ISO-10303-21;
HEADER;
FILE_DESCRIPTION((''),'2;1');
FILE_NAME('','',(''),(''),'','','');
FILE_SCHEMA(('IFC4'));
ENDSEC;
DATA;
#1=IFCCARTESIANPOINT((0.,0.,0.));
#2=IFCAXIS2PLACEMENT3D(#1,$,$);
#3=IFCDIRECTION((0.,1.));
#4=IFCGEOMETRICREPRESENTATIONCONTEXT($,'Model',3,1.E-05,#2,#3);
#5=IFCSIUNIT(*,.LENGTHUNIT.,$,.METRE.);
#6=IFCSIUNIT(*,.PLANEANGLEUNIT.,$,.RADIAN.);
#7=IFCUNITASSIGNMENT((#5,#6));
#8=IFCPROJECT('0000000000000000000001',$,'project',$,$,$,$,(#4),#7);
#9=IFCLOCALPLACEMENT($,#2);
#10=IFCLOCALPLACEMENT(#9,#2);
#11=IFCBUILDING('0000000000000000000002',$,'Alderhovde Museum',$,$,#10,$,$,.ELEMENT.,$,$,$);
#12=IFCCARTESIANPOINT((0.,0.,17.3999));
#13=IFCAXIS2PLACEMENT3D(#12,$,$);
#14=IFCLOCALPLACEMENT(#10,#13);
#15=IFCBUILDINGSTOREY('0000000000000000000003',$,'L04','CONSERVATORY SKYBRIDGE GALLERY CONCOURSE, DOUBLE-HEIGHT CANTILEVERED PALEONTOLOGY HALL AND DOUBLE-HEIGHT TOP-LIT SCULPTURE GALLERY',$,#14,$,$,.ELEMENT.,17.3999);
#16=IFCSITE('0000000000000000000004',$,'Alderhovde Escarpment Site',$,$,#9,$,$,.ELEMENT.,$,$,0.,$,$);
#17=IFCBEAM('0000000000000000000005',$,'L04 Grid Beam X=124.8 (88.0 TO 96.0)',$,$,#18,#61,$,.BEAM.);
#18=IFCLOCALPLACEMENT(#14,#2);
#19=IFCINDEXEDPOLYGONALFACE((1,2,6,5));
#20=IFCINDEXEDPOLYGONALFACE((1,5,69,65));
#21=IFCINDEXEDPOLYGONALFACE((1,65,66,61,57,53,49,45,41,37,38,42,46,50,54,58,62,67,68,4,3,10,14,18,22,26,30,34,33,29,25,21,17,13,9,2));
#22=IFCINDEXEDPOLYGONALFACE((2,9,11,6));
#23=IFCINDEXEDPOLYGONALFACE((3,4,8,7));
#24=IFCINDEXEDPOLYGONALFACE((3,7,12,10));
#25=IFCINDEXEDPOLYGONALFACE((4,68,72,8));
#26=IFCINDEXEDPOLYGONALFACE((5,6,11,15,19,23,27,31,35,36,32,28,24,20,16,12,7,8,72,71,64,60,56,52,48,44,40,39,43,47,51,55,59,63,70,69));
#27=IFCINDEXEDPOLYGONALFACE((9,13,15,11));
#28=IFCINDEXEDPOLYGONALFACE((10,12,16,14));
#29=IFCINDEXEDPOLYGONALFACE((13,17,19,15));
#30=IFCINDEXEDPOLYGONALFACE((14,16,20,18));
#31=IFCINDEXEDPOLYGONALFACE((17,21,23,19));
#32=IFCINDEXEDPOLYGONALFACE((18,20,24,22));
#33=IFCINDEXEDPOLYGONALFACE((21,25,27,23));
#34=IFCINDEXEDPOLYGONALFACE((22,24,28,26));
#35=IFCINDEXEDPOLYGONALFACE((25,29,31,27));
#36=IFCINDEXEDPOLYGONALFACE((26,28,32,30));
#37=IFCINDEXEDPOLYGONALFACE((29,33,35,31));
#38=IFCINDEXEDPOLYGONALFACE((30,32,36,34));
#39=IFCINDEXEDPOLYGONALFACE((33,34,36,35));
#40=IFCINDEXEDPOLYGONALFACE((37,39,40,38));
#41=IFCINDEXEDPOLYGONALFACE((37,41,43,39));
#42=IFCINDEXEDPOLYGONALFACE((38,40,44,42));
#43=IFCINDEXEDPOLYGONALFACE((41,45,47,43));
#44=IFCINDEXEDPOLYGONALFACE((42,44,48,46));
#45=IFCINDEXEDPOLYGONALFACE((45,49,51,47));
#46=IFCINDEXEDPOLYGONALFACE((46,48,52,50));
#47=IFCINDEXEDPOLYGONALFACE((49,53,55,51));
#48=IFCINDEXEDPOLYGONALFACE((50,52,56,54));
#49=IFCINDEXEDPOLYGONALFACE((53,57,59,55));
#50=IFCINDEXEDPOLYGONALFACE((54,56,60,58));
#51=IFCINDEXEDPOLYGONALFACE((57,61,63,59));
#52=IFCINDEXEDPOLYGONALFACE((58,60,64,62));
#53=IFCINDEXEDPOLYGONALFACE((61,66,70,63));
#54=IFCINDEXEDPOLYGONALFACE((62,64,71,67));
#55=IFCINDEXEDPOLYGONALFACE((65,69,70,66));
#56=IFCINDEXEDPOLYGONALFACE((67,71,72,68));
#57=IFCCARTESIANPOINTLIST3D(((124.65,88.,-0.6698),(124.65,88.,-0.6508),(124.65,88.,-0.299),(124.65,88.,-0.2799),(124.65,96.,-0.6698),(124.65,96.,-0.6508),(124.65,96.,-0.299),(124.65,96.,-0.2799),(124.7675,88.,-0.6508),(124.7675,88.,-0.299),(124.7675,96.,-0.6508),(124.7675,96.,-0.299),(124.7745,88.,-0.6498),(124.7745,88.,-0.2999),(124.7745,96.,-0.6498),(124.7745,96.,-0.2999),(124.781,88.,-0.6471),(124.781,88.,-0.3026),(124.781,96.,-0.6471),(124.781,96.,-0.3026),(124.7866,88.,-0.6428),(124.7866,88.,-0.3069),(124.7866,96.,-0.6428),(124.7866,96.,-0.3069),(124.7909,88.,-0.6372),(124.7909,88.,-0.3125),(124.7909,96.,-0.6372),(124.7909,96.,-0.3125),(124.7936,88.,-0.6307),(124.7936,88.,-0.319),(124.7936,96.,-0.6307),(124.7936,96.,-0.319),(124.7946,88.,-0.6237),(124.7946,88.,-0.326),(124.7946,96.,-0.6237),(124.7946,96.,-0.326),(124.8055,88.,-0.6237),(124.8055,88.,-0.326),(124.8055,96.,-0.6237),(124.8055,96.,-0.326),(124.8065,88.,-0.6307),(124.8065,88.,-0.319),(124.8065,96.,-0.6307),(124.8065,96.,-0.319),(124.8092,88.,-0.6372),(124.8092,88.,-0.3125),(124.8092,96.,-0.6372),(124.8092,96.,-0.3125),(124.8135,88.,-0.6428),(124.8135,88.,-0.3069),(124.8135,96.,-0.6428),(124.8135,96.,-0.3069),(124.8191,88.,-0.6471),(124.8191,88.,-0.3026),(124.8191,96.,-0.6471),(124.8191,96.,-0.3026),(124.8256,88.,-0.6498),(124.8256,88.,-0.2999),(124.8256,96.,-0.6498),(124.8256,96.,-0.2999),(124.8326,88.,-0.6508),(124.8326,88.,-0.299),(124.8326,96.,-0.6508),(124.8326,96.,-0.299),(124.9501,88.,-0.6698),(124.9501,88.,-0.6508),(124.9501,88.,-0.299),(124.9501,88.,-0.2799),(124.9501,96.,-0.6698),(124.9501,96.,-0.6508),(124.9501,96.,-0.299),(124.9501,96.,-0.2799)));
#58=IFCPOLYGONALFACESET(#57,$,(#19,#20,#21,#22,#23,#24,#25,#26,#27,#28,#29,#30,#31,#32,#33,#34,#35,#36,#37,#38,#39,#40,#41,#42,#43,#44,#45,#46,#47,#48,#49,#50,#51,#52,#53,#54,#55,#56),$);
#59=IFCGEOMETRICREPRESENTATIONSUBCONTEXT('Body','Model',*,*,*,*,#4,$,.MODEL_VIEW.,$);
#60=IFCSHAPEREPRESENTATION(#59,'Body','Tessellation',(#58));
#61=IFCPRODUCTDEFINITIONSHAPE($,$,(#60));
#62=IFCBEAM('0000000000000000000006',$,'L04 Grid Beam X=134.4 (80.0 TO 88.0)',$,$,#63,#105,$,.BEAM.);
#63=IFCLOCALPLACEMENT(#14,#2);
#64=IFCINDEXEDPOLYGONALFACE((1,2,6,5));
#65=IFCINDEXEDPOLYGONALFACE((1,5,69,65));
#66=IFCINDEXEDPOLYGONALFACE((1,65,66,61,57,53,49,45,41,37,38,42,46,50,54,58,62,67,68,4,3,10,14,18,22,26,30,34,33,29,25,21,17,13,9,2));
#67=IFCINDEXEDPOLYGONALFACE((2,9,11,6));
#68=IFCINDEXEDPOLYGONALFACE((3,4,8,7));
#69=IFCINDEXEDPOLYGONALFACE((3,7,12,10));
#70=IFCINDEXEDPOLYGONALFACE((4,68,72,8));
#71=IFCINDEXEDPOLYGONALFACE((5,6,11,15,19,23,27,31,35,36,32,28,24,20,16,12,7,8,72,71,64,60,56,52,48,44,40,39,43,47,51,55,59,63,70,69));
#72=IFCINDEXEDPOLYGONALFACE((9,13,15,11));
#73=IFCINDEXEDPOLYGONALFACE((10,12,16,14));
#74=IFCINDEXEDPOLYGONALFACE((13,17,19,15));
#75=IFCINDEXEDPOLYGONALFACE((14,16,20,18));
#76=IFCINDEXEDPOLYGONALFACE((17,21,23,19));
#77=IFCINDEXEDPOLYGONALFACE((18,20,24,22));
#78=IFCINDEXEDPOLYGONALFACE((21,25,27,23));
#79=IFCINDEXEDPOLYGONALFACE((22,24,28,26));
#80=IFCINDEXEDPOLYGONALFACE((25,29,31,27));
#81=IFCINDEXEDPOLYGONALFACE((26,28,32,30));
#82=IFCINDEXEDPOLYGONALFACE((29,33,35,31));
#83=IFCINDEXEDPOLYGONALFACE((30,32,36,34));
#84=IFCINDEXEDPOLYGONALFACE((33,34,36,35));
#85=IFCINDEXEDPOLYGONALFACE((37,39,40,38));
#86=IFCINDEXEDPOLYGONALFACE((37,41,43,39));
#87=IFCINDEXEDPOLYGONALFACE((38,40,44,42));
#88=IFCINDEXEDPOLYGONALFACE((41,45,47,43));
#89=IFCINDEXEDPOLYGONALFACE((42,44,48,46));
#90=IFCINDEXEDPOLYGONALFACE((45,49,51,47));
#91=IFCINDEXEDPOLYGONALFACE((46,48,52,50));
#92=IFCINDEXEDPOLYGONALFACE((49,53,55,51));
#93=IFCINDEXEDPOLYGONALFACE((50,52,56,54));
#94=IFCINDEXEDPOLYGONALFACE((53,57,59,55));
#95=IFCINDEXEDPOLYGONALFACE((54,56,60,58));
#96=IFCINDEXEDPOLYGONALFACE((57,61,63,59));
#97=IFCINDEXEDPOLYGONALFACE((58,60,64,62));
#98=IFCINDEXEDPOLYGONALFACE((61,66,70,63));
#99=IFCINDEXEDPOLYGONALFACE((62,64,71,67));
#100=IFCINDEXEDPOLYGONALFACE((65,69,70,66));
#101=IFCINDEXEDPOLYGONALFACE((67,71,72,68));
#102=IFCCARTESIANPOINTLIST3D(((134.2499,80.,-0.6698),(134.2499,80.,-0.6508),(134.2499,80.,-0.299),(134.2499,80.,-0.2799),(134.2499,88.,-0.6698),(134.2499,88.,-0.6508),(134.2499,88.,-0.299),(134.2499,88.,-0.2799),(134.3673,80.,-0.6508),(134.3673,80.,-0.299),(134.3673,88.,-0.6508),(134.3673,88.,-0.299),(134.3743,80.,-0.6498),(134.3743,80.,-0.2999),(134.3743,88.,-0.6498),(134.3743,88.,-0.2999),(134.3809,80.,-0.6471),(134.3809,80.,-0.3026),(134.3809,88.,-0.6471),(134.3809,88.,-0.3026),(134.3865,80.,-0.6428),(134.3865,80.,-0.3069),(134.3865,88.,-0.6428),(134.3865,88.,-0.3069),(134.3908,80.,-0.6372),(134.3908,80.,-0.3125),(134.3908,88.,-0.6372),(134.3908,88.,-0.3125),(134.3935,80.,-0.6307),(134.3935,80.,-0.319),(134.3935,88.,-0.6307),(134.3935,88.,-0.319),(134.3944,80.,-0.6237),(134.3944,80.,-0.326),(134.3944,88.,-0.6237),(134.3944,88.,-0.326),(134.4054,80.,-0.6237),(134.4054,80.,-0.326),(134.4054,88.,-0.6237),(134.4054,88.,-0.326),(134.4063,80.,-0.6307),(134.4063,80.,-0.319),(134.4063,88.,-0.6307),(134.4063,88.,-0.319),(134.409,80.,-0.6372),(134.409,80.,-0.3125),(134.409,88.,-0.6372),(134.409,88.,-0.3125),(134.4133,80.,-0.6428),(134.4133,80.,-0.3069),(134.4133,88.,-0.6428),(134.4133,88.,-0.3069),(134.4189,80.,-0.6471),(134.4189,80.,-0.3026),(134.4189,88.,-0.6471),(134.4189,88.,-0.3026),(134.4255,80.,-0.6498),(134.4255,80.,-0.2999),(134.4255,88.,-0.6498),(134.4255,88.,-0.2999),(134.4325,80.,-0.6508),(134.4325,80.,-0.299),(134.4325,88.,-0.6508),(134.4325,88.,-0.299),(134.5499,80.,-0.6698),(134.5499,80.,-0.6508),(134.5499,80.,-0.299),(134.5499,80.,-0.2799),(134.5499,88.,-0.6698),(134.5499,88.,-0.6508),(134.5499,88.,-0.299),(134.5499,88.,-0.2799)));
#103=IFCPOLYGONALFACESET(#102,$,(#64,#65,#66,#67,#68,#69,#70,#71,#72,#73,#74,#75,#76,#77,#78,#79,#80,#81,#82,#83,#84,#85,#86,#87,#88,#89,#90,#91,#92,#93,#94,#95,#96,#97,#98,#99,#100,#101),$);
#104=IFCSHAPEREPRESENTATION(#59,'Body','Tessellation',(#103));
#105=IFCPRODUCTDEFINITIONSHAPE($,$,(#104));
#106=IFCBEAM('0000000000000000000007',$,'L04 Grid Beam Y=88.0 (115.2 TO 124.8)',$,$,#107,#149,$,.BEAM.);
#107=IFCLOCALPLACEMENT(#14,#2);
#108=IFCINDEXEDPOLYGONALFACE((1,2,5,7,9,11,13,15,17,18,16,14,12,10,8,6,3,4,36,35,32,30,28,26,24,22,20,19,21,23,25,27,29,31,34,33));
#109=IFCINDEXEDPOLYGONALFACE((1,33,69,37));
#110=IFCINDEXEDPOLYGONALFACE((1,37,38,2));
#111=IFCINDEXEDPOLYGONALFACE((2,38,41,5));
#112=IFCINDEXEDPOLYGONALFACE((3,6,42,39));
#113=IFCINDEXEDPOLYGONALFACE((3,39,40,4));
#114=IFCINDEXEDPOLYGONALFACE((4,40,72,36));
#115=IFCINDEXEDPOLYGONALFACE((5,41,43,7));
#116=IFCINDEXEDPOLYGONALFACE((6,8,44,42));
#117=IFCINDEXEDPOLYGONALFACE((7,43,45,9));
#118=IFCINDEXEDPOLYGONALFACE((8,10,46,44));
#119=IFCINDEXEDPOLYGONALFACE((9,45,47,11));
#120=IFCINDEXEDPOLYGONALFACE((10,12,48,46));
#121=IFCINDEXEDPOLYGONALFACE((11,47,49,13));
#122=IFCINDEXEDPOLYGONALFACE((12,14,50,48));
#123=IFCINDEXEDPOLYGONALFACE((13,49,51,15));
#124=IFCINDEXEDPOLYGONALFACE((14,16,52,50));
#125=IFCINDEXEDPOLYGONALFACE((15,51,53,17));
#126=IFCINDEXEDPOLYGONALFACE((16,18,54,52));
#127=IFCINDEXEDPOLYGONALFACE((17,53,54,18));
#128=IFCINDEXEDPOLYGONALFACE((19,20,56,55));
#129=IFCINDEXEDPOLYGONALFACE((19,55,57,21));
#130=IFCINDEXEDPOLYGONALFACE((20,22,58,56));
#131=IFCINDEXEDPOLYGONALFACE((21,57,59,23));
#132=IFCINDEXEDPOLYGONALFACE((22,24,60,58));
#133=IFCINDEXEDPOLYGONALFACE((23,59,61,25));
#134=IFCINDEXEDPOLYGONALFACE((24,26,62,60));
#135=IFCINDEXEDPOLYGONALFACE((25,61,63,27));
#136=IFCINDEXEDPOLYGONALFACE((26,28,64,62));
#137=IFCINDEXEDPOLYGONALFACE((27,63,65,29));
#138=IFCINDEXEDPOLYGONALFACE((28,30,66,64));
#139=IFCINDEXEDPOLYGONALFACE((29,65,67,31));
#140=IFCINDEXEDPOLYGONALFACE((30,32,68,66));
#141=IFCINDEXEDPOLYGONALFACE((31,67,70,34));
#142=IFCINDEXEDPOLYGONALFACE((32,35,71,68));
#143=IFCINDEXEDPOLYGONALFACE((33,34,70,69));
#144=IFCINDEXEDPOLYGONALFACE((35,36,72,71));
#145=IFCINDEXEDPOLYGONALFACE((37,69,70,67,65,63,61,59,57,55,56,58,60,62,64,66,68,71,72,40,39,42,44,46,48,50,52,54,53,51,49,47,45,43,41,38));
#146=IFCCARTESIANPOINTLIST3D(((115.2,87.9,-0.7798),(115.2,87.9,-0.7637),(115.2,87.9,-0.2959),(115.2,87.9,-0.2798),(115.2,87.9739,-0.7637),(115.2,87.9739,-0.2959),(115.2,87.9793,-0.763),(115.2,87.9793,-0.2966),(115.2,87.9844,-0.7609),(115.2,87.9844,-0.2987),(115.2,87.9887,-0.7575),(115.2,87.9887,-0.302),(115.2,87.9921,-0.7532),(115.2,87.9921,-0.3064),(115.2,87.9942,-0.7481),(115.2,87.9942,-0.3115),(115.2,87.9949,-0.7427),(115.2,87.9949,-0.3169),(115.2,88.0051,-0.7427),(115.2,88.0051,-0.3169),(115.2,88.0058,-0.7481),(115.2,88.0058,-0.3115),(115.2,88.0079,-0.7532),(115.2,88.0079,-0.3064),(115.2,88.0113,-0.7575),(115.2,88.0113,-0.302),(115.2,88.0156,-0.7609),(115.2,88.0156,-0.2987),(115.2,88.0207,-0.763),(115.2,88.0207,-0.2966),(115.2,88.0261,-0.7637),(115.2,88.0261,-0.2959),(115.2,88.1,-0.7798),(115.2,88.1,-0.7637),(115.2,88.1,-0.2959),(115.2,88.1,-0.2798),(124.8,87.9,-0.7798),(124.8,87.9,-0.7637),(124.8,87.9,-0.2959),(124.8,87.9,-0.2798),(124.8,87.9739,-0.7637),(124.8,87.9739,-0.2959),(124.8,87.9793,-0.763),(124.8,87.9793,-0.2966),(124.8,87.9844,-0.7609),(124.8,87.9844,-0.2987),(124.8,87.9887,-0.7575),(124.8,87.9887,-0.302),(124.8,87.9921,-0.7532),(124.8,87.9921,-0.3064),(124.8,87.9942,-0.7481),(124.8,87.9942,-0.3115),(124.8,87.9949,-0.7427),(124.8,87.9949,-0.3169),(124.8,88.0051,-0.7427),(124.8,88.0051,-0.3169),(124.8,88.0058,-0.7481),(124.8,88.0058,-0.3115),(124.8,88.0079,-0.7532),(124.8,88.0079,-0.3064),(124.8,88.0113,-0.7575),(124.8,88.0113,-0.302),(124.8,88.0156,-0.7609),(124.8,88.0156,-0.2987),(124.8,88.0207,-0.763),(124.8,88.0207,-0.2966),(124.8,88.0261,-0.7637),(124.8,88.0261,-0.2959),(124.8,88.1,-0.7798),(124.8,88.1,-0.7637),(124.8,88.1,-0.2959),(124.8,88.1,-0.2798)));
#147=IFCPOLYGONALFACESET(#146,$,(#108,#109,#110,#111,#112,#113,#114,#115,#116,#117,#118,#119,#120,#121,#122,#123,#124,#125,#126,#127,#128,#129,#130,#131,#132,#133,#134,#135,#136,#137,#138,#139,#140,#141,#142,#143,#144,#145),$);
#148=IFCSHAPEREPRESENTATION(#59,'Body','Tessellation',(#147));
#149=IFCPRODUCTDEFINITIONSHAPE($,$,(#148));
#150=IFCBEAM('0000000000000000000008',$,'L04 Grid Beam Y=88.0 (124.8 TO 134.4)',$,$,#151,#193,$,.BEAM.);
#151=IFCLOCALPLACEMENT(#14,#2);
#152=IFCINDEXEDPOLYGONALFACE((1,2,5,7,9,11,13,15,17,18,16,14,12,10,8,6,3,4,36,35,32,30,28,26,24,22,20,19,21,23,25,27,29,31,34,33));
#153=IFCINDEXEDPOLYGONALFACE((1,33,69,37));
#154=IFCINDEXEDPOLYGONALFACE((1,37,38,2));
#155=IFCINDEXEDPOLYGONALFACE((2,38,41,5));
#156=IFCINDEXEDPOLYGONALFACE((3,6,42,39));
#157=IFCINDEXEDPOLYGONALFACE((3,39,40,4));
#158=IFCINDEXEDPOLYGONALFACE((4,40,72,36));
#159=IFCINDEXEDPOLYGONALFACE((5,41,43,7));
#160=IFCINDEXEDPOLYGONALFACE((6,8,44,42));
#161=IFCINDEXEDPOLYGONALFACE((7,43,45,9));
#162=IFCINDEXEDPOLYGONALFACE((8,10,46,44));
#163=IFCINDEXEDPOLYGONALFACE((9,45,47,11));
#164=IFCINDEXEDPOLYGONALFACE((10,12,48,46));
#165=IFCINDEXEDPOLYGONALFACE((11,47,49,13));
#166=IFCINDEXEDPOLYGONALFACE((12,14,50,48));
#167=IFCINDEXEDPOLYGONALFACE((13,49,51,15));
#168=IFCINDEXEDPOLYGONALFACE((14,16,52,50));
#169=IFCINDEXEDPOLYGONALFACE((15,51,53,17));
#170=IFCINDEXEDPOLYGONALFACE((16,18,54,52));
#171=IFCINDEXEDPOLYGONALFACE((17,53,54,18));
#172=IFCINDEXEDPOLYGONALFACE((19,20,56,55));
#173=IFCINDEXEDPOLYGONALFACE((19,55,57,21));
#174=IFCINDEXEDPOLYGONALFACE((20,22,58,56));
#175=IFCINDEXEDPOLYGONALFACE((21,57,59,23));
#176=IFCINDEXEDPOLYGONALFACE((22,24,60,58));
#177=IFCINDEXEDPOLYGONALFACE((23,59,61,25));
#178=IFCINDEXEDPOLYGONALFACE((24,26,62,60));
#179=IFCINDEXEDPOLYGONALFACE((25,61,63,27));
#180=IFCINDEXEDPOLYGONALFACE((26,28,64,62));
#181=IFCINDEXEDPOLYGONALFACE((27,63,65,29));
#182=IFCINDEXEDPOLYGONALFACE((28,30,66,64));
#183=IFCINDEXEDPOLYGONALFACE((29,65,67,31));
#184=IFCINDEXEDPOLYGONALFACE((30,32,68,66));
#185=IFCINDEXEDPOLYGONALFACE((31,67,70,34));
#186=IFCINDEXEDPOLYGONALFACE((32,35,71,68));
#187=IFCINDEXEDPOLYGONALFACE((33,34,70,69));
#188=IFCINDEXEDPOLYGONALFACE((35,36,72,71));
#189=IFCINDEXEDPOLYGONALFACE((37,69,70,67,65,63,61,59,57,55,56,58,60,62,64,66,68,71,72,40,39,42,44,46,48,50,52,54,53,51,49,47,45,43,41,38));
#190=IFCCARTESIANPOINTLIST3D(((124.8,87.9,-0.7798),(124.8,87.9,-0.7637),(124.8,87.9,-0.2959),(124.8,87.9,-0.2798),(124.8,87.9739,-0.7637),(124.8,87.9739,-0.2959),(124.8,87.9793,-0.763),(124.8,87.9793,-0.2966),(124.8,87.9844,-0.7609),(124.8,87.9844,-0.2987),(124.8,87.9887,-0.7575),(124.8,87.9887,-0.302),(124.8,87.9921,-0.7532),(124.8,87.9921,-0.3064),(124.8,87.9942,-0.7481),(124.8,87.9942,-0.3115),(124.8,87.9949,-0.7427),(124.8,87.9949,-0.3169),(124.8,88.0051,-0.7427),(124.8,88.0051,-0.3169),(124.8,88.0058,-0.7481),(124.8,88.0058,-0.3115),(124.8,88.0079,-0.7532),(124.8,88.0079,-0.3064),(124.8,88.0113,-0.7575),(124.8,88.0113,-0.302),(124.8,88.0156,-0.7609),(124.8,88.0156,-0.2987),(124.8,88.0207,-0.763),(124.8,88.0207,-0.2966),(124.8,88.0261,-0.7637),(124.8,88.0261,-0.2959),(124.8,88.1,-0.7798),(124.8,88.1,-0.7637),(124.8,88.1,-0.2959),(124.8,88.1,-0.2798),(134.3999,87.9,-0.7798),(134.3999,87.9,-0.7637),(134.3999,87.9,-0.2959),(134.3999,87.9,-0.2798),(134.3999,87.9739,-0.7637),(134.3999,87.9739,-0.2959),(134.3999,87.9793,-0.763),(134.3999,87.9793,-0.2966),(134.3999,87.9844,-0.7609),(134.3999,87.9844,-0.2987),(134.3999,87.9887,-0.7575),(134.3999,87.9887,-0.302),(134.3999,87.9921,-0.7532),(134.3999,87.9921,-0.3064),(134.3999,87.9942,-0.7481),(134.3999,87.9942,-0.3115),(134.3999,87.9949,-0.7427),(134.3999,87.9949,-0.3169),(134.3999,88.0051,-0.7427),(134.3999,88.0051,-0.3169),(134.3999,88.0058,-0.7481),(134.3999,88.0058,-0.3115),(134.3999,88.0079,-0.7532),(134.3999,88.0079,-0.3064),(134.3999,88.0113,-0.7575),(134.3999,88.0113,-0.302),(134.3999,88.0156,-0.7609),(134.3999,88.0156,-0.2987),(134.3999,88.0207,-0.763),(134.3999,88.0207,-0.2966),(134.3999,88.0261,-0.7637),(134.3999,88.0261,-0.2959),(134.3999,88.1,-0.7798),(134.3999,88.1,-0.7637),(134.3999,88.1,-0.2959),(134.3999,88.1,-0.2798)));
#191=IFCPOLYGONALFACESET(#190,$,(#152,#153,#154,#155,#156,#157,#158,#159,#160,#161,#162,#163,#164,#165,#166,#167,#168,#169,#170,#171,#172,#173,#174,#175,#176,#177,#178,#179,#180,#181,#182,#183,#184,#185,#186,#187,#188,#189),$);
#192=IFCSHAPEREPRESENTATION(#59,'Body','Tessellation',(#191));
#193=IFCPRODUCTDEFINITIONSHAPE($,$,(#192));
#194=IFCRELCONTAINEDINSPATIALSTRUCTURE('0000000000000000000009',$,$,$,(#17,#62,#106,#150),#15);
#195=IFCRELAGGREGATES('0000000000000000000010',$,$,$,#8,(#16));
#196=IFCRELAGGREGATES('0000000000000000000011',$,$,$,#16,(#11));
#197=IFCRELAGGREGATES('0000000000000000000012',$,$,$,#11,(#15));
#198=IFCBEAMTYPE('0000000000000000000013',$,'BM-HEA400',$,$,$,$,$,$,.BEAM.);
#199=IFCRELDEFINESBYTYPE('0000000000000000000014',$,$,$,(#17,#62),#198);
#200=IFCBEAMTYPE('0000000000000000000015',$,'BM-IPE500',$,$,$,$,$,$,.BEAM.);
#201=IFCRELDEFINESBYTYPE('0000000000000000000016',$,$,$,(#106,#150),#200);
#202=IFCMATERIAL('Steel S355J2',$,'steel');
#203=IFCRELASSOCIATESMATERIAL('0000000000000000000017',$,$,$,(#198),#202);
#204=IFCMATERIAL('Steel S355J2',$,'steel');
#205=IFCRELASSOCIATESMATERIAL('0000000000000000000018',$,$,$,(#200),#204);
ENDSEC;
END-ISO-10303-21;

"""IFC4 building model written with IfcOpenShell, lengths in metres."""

from ifc_helpers import new_model, si_unit, direction, frame, origin, origin_2d, place, context, subcontext, project, spatial, i_section, extrude, material, material_profile, profile_set, type_object, element, save


model = new_model("IFC4")

# Units and contexts
model_context = context("Model", 3, precision=1e-05, world=origin(), true_north=direction((0.0, 1.0)))
body_context = subcontext(model_context, "Body", "Model", "MODEL_VIEW")
ifc_project = project(units=[si_unit("LENGTHUNIT", "METRE"), si_unit("PLANEANGLEUNIT", "RADIAN")], contexts=[model_context])

# Site, building, storey
site_placement = place(None, origin())
site = spatial("IfcSite", under=ifc_project, at=site_placement, Name="Alderhovde Escarpment Site", CompositionType="ELEMENT", RefElevation=0.0)
building_placement = place(site_placement, origin())
building = spatial("IfcBuilding", under=site, at=building_placement, Name="Alderhovde Museum", CompositionType="ELEMENT")
storey_placement = place(building_placement, frame((0.0, 0.0, 17.3999)))
storey = spatial("IfcBuildingStorey", under=building, at=storey_placement, Name="L04", Description="CONSERVATORY SKYBRIDGE GALLERY CONCOURSE, DOUBLE-HEIGHT CANTILEVERED PALEONTOLOGY HALL AND DOUBLE-HEIGHT TOP-LIT SCULPTURE GALLERY", CompositionType="ELEMENT", Elevation=17.3999)

# Beams
ifc_material_1 = material(Name="Steel S355J2", Category="steel")
ifc_material_profile_1 = material_profile(ifc_material_1, i_section(OverallWidth=0.3, OverallDepth=0.3899, WebThickness=0.011, FlangeThickness=0.019, FilletRadius=0.0271, at=origin_2d()), Name="HEA 400")
ifc_profile_set_1 = profile_set([ifc_material_profile_1], Name="Steel S355J2")
beam_type_1 = type_object("IfcBeamType", Name="BM-HEA400", PredefinedType="BEAM", material=ifc_profile_set_1)
for number, where, z_axis, x_axis, name in (
    (1, (124.8, 88.0, -0.4749), (0.0, 1.0, 0.0), (-1.0, 0.0, 0.0), "L04 Grid Beam X=124.8 (88.0 TO 96.0)"),
    (2, (134.3999, 80.0, -0.4749), (0.0, 1.0, 0.0), (-1.0, 0.0, 0.0), "L04 Grid Beam X=134.4 (80.0 TO 88.0)"),
):
    element("IfcBeam", number, at=place(storey_placement, frame(where, z_axis=z_axis, x_axis=x_axis)), inside=storey, type_object=beam_type_1, Name=name, PredefinedType="BEAM", context=body_context, shape_type="SweptSolid", body=[
        extrude(i_section(OverallWidth=0.3, OverallDepth=0.3899, WebThickness=0.011, FlangeThickness=0.019, FilletRadius=0.0271, at=origin_2d()), origin(), (0.0, 0.0, 1.0), 8.0),
    ])
ifc_material_2 = material(Name="Steel S355J2", Category="steel")
ifc_material_profile_2 = material_profile(ifc_material_2, i_section(OverallWidth=0.2, OverallDepth=0.5, WebThickness=0.0103, FlangeThickness=0.0161, FilletRadius=0.021, at=origin_2d()), Name="IPE 500")
ifc_profile_set_2 = profile_set([ifc_material_profile_2], Name="Steel S355J2")
beam_type_2 = type_object("IfcBeamType", Name="BM-IPE500", PredefinedType="BEAM", material=ifc_profile_set_2)
beam_1_placement = place(storey_placement, frame((115.2, 88.0, -0.5298), z_axis=(1.0, 0.0, 0.0), x_axis=(0.0, 1.0, 0.0)))
element("IfcBeam", 3, at=beam_1_placement, inside=storey, type_object=beam_type_2, Name="L04 Grid Beam Y=88.0 (115.2 TO 124.8)", PredefinedType="BEAM", context=body_context, shape_type="SweptSolid", body=[
    extrude(i_section(OverallWidth=0.2, OverallDepth=0.5, WebThickness=0.0103, FlangeThickness=0.0161, FilletRadius=0.021, at=origin_2d()), origin(), (0.0, 0.0, 1.0), 9.6001),
])
beam_2_placement = place(storey_placement, frame((124.8, 88.0, -0.5298), z_axis=(1.0, 0.0, 0.0), x_axis=(0.0, 1.0, 0.0)))
element("IfcBeam", 4, at=beam_2_placement, inside=storey, type_object=beam_type_2, Name="L04 Grid Beam Y=88.0 (124.8 TO 134.4)", PredefinedType="BEAM", context=body_context, shape_type="SweptSolid", body=[
    extrude(i_section(OverallWidth=0.2, OverallDepth=0.5, WebThickness=0.0103, FlangeThickness=0.0161, FilletRadius=0.021, at=origin_2d()), origin(), (0.0, 0.0, 1.0), 9.5999),
])

save(model, "model.ifc")
